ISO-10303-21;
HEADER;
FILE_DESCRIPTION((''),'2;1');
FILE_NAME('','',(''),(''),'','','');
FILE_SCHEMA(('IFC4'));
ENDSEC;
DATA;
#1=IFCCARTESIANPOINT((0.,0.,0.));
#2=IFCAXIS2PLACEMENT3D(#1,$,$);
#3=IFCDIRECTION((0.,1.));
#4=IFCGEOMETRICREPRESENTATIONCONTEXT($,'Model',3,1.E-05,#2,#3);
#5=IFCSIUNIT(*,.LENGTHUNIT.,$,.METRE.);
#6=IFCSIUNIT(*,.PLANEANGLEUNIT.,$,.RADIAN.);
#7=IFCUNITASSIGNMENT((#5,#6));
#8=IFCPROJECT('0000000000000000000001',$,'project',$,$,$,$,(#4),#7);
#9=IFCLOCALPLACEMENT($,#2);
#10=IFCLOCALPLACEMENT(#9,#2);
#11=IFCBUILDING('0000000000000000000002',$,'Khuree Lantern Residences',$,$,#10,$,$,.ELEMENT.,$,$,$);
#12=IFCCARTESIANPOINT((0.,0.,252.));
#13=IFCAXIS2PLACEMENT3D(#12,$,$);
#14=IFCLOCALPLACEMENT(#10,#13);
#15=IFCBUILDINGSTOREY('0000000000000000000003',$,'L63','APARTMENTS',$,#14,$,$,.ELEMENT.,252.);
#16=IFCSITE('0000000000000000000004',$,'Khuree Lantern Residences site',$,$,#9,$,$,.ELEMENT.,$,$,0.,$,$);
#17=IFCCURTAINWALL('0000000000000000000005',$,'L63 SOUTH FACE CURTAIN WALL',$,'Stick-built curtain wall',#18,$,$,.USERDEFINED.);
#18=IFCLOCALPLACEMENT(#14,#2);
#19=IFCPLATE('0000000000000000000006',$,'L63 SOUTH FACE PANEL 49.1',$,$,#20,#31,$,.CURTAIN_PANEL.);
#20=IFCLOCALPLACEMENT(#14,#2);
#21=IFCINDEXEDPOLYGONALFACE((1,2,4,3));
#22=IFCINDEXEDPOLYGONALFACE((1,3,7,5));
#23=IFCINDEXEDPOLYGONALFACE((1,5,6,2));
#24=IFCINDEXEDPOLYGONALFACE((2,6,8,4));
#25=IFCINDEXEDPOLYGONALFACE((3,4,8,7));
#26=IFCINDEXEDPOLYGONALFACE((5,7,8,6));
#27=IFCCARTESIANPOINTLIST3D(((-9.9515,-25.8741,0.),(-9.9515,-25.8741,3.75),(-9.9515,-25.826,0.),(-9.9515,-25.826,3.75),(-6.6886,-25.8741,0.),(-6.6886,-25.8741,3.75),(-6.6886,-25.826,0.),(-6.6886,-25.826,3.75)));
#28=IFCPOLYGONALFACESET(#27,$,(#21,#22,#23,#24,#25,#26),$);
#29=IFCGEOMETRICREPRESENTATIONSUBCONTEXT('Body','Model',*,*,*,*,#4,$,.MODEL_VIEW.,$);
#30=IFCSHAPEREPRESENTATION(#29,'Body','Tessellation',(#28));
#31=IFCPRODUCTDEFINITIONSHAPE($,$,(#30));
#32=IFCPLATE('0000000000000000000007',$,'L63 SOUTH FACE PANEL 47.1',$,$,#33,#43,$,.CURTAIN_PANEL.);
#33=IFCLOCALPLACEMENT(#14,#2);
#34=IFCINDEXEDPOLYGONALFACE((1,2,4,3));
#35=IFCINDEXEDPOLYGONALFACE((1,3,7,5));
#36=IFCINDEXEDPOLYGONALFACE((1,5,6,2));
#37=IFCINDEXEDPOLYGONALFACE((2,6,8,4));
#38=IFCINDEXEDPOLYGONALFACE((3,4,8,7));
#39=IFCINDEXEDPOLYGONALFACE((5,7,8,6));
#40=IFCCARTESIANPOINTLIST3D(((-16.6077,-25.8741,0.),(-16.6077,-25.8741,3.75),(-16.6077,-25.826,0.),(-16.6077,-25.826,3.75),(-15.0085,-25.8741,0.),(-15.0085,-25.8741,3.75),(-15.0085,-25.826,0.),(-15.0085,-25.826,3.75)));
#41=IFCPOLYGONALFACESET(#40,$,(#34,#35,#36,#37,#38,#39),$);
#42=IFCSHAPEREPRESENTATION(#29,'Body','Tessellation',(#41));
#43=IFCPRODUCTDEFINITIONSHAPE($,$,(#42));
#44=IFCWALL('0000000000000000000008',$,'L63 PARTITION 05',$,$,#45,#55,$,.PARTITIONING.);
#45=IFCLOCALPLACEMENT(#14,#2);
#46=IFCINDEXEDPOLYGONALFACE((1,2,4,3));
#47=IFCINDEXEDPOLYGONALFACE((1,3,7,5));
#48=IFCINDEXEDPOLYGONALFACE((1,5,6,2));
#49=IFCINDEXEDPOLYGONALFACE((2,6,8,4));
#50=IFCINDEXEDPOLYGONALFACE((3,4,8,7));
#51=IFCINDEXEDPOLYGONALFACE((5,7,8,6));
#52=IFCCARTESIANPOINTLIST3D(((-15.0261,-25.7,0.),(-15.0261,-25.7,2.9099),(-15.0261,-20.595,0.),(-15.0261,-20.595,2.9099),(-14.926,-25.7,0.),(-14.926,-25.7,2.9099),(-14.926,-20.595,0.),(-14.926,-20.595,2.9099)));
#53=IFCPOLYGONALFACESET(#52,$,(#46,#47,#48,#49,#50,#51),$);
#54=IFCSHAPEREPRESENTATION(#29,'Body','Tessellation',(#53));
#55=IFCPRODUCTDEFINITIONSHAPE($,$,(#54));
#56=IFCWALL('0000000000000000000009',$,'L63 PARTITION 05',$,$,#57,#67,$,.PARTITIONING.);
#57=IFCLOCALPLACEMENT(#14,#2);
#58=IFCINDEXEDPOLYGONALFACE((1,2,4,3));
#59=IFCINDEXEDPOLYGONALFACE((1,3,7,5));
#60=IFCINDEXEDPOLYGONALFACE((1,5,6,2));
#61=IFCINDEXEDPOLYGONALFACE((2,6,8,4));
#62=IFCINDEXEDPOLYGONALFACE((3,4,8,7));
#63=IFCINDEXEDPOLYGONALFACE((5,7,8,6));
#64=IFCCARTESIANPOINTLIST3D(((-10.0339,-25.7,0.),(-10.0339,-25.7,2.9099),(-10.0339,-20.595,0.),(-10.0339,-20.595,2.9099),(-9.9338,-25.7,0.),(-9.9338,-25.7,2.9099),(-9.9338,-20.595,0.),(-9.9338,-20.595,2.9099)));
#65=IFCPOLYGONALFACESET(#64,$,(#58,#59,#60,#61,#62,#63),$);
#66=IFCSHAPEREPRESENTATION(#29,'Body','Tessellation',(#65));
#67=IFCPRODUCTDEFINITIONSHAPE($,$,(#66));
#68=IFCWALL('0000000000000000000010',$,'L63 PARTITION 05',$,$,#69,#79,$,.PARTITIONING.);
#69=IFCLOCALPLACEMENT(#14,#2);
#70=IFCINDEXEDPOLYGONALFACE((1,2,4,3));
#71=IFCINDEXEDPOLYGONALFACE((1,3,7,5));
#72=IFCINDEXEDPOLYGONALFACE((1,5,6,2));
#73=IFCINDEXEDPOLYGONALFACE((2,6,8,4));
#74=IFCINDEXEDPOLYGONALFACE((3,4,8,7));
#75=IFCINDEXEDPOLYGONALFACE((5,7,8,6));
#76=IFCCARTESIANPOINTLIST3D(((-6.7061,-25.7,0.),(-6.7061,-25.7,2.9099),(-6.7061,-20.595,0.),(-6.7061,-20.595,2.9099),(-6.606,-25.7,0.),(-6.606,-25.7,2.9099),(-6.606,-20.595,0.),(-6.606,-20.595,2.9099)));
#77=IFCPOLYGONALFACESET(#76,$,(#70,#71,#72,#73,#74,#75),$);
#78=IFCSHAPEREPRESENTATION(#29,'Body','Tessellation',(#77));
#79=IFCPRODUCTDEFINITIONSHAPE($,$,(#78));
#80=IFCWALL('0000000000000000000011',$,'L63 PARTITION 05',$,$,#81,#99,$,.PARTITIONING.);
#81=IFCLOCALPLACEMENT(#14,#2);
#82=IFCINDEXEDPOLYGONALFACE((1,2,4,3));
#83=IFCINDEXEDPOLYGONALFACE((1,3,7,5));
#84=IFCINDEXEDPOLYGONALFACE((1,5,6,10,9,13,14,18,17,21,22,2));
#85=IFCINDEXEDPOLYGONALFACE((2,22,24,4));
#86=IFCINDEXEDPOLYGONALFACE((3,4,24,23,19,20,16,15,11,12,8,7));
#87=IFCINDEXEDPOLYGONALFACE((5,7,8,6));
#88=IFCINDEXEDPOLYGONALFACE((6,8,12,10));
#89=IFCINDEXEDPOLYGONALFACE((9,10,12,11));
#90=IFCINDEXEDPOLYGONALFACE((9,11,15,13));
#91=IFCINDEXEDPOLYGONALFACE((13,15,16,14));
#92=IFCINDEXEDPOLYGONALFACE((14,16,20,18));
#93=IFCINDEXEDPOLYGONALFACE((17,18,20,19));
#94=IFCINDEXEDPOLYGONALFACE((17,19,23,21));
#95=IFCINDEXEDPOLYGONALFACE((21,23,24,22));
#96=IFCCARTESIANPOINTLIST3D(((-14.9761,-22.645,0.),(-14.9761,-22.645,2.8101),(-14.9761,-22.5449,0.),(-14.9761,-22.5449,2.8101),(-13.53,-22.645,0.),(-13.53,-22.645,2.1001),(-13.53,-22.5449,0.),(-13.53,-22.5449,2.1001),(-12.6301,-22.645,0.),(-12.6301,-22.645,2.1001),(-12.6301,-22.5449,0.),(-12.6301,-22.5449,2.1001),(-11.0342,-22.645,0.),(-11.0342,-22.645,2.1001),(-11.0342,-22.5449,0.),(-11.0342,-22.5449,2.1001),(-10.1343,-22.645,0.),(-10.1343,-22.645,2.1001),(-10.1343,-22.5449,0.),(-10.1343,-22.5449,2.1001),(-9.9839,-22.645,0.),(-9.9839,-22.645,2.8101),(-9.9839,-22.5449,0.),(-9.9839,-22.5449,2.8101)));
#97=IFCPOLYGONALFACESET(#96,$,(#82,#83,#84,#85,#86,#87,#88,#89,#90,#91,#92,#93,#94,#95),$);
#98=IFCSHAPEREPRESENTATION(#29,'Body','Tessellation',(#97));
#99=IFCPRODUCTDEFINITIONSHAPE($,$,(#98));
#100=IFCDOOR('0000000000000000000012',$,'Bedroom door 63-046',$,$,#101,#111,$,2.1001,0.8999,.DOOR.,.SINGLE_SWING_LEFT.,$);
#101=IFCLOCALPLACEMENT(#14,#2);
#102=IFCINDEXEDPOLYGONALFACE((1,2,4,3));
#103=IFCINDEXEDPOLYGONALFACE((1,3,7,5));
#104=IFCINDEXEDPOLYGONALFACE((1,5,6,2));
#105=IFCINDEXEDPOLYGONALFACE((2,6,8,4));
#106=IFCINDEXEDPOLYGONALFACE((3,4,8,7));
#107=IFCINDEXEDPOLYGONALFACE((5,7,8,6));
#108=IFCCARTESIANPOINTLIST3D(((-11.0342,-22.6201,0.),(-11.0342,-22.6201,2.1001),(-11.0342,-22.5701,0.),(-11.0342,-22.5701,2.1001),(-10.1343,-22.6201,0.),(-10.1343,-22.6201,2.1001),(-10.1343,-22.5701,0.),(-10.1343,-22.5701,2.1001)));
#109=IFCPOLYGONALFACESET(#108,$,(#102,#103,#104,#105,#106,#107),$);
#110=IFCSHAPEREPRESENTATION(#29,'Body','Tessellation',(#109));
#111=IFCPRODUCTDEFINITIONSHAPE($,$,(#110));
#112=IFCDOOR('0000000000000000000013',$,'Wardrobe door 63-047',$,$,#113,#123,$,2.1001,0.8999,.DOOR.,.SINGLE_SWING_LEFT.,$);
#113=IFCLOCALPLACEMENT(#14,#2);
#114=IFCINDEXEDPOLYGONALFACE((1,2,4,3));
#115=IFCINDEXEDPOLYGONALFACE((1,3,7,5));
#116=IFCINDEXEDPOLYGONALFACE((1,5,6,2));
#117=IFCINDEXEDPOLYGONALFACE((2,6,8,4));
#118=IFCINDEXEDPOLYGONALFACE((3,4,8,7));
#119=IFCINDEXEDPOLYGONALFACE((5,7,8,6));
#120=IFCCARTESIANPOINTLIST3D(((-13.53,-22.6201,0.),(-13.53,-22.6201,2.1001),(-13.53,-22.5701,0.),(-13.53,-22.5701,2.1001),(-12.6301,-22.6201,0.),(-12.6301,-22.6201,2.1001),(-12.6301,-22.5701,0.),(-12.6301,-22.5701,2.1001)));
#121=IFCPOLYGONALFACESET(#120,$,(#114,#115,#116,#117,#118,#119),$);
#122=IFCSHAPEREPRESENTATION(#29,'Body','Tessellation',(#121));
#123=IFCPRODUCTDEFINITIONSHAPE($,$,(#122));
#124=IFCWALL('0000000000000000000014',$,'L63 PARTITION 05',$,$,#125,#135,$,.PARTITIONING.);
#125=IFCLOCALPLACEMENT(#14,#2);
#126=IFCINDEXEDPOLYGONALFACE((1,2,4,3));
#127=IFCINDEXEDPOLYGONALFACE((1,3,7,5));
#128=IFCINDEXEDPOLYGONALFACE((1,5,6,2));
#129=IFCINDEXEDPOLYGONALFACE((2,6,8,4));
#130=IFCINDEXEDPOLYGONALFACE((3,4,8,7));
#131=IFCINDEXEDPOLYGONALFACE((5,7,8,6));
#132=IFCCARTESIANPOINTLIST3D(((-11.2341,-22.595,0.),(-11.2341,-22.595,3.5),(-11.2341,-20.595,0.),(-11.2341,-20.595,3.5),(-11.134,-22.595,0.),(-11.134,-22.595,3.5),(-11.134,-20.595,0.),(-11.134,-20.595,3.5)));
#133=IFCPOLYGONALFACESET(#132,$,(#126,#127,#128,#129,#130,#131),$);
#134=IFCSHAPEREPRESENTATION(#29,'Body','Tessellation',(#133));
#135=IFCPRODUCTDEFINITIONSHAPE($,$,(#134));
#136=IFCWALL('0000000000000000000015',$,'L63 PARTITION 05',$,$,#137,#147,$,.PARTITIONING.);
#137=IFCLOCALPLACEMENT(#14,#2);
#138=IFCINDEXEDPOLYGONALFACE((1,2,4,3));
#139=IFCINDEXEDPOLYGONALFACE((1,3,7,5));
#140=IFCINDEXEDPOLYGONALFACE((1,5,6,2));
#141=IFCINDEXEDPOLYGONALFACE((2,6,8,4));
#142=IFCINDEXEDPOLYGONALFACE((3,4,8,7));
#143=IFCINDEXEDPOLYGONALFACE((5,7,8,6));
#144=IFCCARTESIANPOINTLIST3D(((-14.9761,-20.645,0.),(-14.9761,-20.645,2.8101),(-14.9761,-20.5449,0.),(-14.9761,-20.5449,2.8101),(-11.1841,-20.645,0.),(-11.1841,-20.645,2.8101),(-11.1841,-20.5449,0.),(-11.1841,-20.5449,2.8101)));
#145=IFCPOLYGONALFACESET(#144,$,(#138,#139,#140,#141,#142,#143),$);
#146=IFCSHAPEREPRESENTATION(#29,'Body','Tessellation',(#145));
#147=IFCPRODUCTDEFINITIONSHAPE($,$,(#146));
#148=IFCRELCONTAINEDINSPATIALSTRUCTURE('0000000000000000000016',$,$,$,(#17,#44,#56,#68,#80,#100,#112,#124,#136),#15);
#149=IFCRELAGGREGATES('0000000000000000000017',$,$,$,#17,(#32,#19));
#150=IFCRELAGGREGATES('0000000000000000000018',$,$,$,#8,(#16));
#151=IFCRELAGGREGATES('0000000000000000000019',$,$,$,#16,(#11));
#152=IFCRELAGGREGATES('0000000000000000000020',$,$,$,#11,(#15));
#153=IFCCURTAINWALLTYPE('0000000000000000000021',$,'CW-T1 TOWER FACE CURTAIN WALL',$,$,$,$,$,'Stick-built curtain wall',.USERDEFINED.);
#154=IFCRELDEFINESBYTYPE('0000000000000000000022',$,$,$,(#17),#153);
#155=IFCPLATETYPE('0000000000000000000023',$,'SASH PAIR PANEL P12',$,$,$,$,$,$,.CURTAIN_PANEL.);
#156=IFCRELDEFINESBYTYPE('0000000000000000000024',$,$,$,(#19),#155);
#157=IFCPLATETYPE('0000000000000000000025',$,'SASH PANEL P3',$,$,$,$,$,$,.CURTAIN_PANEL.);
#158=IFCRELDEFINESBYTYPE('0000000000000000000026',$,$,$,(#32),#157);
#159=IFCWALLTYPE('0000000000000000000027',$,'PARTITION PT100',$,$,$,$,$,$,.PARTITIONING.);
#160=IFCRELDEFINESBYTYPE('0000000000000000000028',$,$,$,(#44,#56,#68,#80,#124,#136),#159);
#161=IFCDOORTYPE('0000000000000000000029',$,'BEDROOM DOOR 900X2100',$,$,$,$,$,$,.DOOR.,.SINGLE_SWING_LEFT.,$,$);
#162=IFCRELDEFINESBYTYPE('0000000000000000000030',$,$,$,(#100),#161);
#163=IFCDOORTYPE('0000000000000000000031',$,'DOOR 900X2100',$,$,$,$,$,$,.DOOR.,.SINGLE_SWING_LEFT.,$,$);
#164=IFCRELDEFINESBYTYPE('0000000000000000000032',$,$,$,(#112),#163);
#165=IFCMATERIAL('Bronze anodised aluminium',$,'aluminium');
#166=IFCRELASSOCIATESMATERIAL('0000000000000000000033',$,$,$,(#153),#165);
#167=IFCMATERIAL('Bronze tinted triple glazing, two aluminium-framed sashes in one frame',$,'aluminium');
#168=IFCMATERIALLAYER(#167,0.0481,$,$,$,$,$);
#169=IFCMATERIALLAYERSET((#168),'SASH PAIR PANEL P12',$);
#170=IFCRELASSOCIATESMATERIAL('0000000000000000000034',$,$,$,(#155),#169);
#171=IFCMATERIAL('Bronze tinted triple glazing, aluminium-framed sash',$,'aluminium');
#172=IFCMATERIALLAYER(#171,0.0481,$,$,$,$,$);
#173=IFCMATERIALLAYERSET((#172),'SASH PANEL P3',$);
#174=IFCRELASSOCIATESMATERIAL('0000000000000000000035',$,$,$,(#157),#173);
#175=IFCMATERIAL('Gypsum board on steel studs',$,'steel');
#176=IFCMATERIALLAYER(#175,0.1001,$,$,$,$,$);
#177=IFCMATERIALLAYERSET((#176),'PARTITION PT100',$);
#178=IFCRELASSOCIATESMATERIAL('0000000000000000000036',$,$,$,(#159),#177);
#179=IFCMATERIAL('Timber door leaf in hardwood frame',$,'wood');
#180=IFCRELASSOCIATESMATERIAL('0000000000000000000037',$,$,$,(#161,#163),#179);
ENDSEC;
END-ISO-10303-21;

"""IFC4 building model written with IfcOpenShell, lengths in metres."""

from ifc_helpers import new_model, si_unit, direction, frame, frame_2d, origin, origin_2d, place, context, subcontext, project, spatial, rectangle, extrude, material, layer, layer_set, type_object, element, fill, aggregate, save


model = new_model("IFC4")

# Units and contexts
model_context = context("Model", 3, precision=1e-05, world=origin(), true_north=direction((0.0, 1.0)))
body_context = subcontext(model_context, "Body", "Model", "MODEL_VIEW")
ifc_project = project(units=[si_unit("LENGTHUNIT", "METRE"), si_unit("PLANEANGLEUNIT", "RADIAN")], contexts=[model_context])

# Site, building, storey
site_placement = place(None, origin())
site = spatial("IfcSite", under=ifc_project, at=site_placement, Name="Khuree Lantern Residences site", CompositionType="ELEMENT", RefElevation=0.0)
building_placement = place(site_placement, origin())
building = spatial("IfcBuilding", under=site, at=building_placement, Name="Khuree Lantern Residences", CompositionType="ELEMENT")
storey_placement = place(building_placement, frame((0.0, 0.0, 252.0)))
storey = spatial("IfcBuildingStorey", under=building, at=storey_placement, Name="L63", Description="APARTMENTS", CompositionType="ELEMENT", Elevation=252.0)

# Curtain wall
ifc_material_1 = material(Name="Bronze anodised aluminium", Category="aluminium")
curtain_wall_type = type_object("IfcCurtainWallType", Name="CW-T1 TOWER FACE CURTAIN WALL", ElementType="Stick-built curtain wall", PredefinedType="USERDEFINED", material=ifc_material_1)
curtain_wall_placement = place(storey_placement, origin())
curtain_wall = element("IfcCurtainWall", 1, at=curtain_wall_placement, inside=storey, type_object=curtain_wall_type, Name="L63 SOUTH FACE CURTAIN WALL", ObjectType="Stick-built curtain wall", PredefinedType="USERDEFINED")

# Plates
ifc_material_2 = material(Name="Bronze tinted triple glazing, two aluminium-framed sashes in one frame", Category="aluminium")
ifc_layer_1 = layer(ifc_material_2, 0.0481)
ifc_layer_set_1 = layer_set([ifc_layer_1], Name="SASH PAIR PANEL P12")
plate_type_1 = type_object("IfcPlateType", Name="SASH PAIR PANEL P12", PredefinedType="CURTAIN_PANEL", material=ifc_layer_set_1)
plate_1_placement = place(storey_placement, frame((-8.3201, -25.8501, 0.0), z_axis=(0.0, 0.0, 1.0), x_axis=(1.0, 0.0, 0.0)))
plate_1 = element("IfcPlate", 2, at=plate_1_placement, type_object=plate_type_1, Name="L63 SOUTH FACE PANEL 49.1", PredefinedType="CURTAIN_PANEL", context=body_context, shape_type="SweptSolid", body=[
    extrude(rectangle(XDim=3.2629, YDim=0.0481, at=origin_2d()), origin(), (0.0, 0.0, 1.0), 3.75),
])
ifc_material_3 = material(Name="Bronze tinted triple glazing, aluminium-framed sash", Category="aluminium")
ifc_layer_2 = layer(ifc_material_3, 0.0481)
ifc_layer_set_2 = layer_set([ifc_layer_2], Name="SASH PANEL P3")
plate_type_2 = type_object("IfcPlateType", Name="SASH PANEL P3", PredefinedType="CURTAIN_PANEL", material=ifc_layer_set_2)
plate_2_placement = place(storey_placement, frame((-15.8081, -25.8501, 0.0), z_axis=(0.0, 0.0, 1.0), x_axis=(1.0, 0.0, 0.0)))
plate_2 = element("IfcPlate", 3, at=plate_2_placement, type_object=plate_type_2, Name="L63 SOUTH FACE PANEL 47.1", PredefinedType="CURTAIN_PANEL", context=body_context, shape_type="SweptSolid", body=[
    extrude(rectangle(XDim=1.5991, YDim=0.0481, at=origin_2d()), origin(), (0.0, 0.0, 1.0), 3.75),
])
aggregate(curtain_wall, [plate_2, plate_1])

# Walls
ifc_material_4 = material(Name="Gypsum board on steel studs", Category="steel")
ifc_layer_3 = layer(ifc_material_4, 0.1001)
ifc_layer_set_3 = layer_set([ifc_layer_3], Name="PARTITION PT100")
wall_type = type_object("IfcWallType", Name="PARTITION PT100", PredefinedType="PARTITIONING", material=ifc_layer_set_3)
for number, where, z_axis, x_axis, name in (
    (4, (-14.9761, -20.595, 0.0), (0.0, 0.0, 1.0), (0.0, -1.0, 0.0), "L63 PARTITION 05"),
    (5, (-9.9839, -20.595, 0.0), (0.0, 0.0, 1.0), (0.0, -1.0, 0.0), "L63 PARTITION 05"),
    (6, (-6.656, -20.595, 0.0), (0.0, 0.0, 1.0), (0.0, -1.0, 0.0), "L63 PARTITION 05"),
):
    element("IfcWall", number, at=place(storey_placement, frame(where, z_axis=z_axis, x_axis=x_axis)), inside=storey, type_object=wall_type, Name=name, PredefinedType="PARTITIONING", context=body_context, shape_type="SweptSolid", body=[
        extrude(rectangle(XDim=5.105, YDim=0.1001, at=frame_2d((2.5525, 0.0))), origin(), (0.0, 0.0, 1.0), 2.9099),
    ])

# Wall, openings, doors
wall_1_placement = place(storey_placement, frame((-14.9761, -22.595, 0.0), z_axis=(0.0, 0.0, 1.0), x_axis=(1.0, 0.0, 0.0)))
wall_1 = element("IfcWall", 7, at=wall_1_placement, inside=storey, type_object=wall_type, Name="L63 PARTITION 05", PredefinedType="PARTITIONING", context=body_context, shape_type="SweptSolid", body=[
    extrude(rectangle(XDim=4.9922, YDim=0.1001, at=frame_2d((2.4961, 0.0))), origin(), (0.0, 0.0, 1.0), 2.8101),
])
opening_1_placement = place(wall_1_placement, frame((3.9419, 0.0, 0.0)))
opening_1 = element("IfcOpeningElement", 8, at=opening_1_placement, cuts=wall_1, PredefinedType="OPENING", context=body_context, shape_type="SweptSolid", body=[
    extrude(rectangle(XDim=0.8999, YDim=2.1001, at=frame_2d((0.45, 1.05))), frame((0.0, 0.0601, 0.0), z_axis=(0.0, -1.0, 0.0), x_axis=(1.0, 0.0, 0.0)), (0.0, 0.0, 1.0), 0.1201),
])
opening_2_placement = place(wall_1_placement, frame((1.446, 0.0, 0.0)))
opening_2 = element("IfcOpeningElement", 9, at=opening_2_placement, cuts=wall_1, PredefinedType="OPENING", context=body_context, shape_type="SweptSolid", body=[
    extrude(rectangle(XDim=0.8999, YDim=2.1001, at=frame_2d((0.45, 1.05))), frame((0.0, 0.0601, 0.0), z_axis=(0.0, -1.0, 0.0), x_axis=(1.0, 0.0, 0.0)), (0.0, 0.0, 1.0), 0.1201),
])
ifc_material_5 = material(Name="Timber door leaf in hardwood frame", Category="wood")
door_type_1 = type_object("IfcDoorType", Name="BEDROOM DOOR 900X2100", OperationType="SINGLE_SWING_LEFT", PredefinedType="DOOR", material=ifc_material_5)
door_1_placement = place(opening_1_placement, origin())
door_1 = element("IfcDoor", 10, at=door_1_placement, inside=storey, type_object=door_type_1, Name="Bedroom door 63-046", OperationType="SINGLE_SWING_LEFT", OverallHeight=2.1001, OverallWidth=0.8999, PredefinedType="DOOR", context=body_context, shape_type="SweptSolid", body=[
    extrude(rectangle(XDim=0.8999, YDim=2.1001, at=frame_2d((0.45, 1.05))), frame((0.0, 0.0249, 0.0), z_axis=(0.0, -1.0, 0.0), x_axis=(1.0, 0.0, 0.0)), (0.0, 0.0, 1.0), 0.05),
])
fill(opening_1, door_1)
door_type_2 = type_object("IfcDoorType", Name="DOOR 900X2100", OperationType="SINGLE_SWING_LEFT", PredefinedType="DOOR", material=ifc_material_5)
door_2_placement = place(opening_2_placement, origin())
door_2 = element("IfcDoor", 11, at=door_2_placement, inside=storey, type_object=door_type_2, Name="Wardrobe door 63-047", OperationType="SINGLE_SWING_LEFT", OverallHeight=2.1001, OverallWidth=0.8999, PredefinedType="DOOR", context=body_context, shape_type="SweptSolid", body=[
    extrude(rectangle(XDim=0.8999, YDim=2.1001, at=frame_2d((0.45, 1.05))), frame((0.0, 0.0249, 0.0), z_axis=(0.0, -1.0, 0.0), x_axis=(1.0, 0.0, 0.0)), (0.0, 0.0, 1.0), 0.05),
])
fill(opening_2, door_2)

# Walls
wall_2_placement = place(storey_placement, frame((-11.1841, -20.595, 0.0), z_axis=(0.0, 0.0, 1.0), x_axis=(0.0, -1.0, 0.0)))
element("IfcWall", 12, at=wall_2_placement, inside=storey, type_object=wall_type, Name="L63 PARTITION 05", PredefinedType="PARTITIONING", context=body_context, shape_type="SweptSolid", body=[
    extrude(rectangle(XDim=2.0, YDim=0.1001, at=frame_2d((1.0, 0.0))), origin(), (0.0, 0.0, 1.0), 3.5),
])
wall_3_placement = place(storey_placement, frame((-14.9761, -20.595, 0.0), z_axis=(0.0, 0.0, 1.0), x_axis=(1.0, 0.0, 0.0)))
element("IfcWall", 13, at=wall_3_placement, inside=storey, type_object=wall_type, Name="L63 PARTITION 05", PredefinedType="PARTITIONING", context=body_context, shape_type="SweptSolid", body=[
    extrude(rectangle(XDim=3.792, YDim=0.1001, at=frame_2d((1.896, 0.0))), origin(), (0.0, 0.0, 1.0), 2.8101),
])

save(model, "model.ifc")
